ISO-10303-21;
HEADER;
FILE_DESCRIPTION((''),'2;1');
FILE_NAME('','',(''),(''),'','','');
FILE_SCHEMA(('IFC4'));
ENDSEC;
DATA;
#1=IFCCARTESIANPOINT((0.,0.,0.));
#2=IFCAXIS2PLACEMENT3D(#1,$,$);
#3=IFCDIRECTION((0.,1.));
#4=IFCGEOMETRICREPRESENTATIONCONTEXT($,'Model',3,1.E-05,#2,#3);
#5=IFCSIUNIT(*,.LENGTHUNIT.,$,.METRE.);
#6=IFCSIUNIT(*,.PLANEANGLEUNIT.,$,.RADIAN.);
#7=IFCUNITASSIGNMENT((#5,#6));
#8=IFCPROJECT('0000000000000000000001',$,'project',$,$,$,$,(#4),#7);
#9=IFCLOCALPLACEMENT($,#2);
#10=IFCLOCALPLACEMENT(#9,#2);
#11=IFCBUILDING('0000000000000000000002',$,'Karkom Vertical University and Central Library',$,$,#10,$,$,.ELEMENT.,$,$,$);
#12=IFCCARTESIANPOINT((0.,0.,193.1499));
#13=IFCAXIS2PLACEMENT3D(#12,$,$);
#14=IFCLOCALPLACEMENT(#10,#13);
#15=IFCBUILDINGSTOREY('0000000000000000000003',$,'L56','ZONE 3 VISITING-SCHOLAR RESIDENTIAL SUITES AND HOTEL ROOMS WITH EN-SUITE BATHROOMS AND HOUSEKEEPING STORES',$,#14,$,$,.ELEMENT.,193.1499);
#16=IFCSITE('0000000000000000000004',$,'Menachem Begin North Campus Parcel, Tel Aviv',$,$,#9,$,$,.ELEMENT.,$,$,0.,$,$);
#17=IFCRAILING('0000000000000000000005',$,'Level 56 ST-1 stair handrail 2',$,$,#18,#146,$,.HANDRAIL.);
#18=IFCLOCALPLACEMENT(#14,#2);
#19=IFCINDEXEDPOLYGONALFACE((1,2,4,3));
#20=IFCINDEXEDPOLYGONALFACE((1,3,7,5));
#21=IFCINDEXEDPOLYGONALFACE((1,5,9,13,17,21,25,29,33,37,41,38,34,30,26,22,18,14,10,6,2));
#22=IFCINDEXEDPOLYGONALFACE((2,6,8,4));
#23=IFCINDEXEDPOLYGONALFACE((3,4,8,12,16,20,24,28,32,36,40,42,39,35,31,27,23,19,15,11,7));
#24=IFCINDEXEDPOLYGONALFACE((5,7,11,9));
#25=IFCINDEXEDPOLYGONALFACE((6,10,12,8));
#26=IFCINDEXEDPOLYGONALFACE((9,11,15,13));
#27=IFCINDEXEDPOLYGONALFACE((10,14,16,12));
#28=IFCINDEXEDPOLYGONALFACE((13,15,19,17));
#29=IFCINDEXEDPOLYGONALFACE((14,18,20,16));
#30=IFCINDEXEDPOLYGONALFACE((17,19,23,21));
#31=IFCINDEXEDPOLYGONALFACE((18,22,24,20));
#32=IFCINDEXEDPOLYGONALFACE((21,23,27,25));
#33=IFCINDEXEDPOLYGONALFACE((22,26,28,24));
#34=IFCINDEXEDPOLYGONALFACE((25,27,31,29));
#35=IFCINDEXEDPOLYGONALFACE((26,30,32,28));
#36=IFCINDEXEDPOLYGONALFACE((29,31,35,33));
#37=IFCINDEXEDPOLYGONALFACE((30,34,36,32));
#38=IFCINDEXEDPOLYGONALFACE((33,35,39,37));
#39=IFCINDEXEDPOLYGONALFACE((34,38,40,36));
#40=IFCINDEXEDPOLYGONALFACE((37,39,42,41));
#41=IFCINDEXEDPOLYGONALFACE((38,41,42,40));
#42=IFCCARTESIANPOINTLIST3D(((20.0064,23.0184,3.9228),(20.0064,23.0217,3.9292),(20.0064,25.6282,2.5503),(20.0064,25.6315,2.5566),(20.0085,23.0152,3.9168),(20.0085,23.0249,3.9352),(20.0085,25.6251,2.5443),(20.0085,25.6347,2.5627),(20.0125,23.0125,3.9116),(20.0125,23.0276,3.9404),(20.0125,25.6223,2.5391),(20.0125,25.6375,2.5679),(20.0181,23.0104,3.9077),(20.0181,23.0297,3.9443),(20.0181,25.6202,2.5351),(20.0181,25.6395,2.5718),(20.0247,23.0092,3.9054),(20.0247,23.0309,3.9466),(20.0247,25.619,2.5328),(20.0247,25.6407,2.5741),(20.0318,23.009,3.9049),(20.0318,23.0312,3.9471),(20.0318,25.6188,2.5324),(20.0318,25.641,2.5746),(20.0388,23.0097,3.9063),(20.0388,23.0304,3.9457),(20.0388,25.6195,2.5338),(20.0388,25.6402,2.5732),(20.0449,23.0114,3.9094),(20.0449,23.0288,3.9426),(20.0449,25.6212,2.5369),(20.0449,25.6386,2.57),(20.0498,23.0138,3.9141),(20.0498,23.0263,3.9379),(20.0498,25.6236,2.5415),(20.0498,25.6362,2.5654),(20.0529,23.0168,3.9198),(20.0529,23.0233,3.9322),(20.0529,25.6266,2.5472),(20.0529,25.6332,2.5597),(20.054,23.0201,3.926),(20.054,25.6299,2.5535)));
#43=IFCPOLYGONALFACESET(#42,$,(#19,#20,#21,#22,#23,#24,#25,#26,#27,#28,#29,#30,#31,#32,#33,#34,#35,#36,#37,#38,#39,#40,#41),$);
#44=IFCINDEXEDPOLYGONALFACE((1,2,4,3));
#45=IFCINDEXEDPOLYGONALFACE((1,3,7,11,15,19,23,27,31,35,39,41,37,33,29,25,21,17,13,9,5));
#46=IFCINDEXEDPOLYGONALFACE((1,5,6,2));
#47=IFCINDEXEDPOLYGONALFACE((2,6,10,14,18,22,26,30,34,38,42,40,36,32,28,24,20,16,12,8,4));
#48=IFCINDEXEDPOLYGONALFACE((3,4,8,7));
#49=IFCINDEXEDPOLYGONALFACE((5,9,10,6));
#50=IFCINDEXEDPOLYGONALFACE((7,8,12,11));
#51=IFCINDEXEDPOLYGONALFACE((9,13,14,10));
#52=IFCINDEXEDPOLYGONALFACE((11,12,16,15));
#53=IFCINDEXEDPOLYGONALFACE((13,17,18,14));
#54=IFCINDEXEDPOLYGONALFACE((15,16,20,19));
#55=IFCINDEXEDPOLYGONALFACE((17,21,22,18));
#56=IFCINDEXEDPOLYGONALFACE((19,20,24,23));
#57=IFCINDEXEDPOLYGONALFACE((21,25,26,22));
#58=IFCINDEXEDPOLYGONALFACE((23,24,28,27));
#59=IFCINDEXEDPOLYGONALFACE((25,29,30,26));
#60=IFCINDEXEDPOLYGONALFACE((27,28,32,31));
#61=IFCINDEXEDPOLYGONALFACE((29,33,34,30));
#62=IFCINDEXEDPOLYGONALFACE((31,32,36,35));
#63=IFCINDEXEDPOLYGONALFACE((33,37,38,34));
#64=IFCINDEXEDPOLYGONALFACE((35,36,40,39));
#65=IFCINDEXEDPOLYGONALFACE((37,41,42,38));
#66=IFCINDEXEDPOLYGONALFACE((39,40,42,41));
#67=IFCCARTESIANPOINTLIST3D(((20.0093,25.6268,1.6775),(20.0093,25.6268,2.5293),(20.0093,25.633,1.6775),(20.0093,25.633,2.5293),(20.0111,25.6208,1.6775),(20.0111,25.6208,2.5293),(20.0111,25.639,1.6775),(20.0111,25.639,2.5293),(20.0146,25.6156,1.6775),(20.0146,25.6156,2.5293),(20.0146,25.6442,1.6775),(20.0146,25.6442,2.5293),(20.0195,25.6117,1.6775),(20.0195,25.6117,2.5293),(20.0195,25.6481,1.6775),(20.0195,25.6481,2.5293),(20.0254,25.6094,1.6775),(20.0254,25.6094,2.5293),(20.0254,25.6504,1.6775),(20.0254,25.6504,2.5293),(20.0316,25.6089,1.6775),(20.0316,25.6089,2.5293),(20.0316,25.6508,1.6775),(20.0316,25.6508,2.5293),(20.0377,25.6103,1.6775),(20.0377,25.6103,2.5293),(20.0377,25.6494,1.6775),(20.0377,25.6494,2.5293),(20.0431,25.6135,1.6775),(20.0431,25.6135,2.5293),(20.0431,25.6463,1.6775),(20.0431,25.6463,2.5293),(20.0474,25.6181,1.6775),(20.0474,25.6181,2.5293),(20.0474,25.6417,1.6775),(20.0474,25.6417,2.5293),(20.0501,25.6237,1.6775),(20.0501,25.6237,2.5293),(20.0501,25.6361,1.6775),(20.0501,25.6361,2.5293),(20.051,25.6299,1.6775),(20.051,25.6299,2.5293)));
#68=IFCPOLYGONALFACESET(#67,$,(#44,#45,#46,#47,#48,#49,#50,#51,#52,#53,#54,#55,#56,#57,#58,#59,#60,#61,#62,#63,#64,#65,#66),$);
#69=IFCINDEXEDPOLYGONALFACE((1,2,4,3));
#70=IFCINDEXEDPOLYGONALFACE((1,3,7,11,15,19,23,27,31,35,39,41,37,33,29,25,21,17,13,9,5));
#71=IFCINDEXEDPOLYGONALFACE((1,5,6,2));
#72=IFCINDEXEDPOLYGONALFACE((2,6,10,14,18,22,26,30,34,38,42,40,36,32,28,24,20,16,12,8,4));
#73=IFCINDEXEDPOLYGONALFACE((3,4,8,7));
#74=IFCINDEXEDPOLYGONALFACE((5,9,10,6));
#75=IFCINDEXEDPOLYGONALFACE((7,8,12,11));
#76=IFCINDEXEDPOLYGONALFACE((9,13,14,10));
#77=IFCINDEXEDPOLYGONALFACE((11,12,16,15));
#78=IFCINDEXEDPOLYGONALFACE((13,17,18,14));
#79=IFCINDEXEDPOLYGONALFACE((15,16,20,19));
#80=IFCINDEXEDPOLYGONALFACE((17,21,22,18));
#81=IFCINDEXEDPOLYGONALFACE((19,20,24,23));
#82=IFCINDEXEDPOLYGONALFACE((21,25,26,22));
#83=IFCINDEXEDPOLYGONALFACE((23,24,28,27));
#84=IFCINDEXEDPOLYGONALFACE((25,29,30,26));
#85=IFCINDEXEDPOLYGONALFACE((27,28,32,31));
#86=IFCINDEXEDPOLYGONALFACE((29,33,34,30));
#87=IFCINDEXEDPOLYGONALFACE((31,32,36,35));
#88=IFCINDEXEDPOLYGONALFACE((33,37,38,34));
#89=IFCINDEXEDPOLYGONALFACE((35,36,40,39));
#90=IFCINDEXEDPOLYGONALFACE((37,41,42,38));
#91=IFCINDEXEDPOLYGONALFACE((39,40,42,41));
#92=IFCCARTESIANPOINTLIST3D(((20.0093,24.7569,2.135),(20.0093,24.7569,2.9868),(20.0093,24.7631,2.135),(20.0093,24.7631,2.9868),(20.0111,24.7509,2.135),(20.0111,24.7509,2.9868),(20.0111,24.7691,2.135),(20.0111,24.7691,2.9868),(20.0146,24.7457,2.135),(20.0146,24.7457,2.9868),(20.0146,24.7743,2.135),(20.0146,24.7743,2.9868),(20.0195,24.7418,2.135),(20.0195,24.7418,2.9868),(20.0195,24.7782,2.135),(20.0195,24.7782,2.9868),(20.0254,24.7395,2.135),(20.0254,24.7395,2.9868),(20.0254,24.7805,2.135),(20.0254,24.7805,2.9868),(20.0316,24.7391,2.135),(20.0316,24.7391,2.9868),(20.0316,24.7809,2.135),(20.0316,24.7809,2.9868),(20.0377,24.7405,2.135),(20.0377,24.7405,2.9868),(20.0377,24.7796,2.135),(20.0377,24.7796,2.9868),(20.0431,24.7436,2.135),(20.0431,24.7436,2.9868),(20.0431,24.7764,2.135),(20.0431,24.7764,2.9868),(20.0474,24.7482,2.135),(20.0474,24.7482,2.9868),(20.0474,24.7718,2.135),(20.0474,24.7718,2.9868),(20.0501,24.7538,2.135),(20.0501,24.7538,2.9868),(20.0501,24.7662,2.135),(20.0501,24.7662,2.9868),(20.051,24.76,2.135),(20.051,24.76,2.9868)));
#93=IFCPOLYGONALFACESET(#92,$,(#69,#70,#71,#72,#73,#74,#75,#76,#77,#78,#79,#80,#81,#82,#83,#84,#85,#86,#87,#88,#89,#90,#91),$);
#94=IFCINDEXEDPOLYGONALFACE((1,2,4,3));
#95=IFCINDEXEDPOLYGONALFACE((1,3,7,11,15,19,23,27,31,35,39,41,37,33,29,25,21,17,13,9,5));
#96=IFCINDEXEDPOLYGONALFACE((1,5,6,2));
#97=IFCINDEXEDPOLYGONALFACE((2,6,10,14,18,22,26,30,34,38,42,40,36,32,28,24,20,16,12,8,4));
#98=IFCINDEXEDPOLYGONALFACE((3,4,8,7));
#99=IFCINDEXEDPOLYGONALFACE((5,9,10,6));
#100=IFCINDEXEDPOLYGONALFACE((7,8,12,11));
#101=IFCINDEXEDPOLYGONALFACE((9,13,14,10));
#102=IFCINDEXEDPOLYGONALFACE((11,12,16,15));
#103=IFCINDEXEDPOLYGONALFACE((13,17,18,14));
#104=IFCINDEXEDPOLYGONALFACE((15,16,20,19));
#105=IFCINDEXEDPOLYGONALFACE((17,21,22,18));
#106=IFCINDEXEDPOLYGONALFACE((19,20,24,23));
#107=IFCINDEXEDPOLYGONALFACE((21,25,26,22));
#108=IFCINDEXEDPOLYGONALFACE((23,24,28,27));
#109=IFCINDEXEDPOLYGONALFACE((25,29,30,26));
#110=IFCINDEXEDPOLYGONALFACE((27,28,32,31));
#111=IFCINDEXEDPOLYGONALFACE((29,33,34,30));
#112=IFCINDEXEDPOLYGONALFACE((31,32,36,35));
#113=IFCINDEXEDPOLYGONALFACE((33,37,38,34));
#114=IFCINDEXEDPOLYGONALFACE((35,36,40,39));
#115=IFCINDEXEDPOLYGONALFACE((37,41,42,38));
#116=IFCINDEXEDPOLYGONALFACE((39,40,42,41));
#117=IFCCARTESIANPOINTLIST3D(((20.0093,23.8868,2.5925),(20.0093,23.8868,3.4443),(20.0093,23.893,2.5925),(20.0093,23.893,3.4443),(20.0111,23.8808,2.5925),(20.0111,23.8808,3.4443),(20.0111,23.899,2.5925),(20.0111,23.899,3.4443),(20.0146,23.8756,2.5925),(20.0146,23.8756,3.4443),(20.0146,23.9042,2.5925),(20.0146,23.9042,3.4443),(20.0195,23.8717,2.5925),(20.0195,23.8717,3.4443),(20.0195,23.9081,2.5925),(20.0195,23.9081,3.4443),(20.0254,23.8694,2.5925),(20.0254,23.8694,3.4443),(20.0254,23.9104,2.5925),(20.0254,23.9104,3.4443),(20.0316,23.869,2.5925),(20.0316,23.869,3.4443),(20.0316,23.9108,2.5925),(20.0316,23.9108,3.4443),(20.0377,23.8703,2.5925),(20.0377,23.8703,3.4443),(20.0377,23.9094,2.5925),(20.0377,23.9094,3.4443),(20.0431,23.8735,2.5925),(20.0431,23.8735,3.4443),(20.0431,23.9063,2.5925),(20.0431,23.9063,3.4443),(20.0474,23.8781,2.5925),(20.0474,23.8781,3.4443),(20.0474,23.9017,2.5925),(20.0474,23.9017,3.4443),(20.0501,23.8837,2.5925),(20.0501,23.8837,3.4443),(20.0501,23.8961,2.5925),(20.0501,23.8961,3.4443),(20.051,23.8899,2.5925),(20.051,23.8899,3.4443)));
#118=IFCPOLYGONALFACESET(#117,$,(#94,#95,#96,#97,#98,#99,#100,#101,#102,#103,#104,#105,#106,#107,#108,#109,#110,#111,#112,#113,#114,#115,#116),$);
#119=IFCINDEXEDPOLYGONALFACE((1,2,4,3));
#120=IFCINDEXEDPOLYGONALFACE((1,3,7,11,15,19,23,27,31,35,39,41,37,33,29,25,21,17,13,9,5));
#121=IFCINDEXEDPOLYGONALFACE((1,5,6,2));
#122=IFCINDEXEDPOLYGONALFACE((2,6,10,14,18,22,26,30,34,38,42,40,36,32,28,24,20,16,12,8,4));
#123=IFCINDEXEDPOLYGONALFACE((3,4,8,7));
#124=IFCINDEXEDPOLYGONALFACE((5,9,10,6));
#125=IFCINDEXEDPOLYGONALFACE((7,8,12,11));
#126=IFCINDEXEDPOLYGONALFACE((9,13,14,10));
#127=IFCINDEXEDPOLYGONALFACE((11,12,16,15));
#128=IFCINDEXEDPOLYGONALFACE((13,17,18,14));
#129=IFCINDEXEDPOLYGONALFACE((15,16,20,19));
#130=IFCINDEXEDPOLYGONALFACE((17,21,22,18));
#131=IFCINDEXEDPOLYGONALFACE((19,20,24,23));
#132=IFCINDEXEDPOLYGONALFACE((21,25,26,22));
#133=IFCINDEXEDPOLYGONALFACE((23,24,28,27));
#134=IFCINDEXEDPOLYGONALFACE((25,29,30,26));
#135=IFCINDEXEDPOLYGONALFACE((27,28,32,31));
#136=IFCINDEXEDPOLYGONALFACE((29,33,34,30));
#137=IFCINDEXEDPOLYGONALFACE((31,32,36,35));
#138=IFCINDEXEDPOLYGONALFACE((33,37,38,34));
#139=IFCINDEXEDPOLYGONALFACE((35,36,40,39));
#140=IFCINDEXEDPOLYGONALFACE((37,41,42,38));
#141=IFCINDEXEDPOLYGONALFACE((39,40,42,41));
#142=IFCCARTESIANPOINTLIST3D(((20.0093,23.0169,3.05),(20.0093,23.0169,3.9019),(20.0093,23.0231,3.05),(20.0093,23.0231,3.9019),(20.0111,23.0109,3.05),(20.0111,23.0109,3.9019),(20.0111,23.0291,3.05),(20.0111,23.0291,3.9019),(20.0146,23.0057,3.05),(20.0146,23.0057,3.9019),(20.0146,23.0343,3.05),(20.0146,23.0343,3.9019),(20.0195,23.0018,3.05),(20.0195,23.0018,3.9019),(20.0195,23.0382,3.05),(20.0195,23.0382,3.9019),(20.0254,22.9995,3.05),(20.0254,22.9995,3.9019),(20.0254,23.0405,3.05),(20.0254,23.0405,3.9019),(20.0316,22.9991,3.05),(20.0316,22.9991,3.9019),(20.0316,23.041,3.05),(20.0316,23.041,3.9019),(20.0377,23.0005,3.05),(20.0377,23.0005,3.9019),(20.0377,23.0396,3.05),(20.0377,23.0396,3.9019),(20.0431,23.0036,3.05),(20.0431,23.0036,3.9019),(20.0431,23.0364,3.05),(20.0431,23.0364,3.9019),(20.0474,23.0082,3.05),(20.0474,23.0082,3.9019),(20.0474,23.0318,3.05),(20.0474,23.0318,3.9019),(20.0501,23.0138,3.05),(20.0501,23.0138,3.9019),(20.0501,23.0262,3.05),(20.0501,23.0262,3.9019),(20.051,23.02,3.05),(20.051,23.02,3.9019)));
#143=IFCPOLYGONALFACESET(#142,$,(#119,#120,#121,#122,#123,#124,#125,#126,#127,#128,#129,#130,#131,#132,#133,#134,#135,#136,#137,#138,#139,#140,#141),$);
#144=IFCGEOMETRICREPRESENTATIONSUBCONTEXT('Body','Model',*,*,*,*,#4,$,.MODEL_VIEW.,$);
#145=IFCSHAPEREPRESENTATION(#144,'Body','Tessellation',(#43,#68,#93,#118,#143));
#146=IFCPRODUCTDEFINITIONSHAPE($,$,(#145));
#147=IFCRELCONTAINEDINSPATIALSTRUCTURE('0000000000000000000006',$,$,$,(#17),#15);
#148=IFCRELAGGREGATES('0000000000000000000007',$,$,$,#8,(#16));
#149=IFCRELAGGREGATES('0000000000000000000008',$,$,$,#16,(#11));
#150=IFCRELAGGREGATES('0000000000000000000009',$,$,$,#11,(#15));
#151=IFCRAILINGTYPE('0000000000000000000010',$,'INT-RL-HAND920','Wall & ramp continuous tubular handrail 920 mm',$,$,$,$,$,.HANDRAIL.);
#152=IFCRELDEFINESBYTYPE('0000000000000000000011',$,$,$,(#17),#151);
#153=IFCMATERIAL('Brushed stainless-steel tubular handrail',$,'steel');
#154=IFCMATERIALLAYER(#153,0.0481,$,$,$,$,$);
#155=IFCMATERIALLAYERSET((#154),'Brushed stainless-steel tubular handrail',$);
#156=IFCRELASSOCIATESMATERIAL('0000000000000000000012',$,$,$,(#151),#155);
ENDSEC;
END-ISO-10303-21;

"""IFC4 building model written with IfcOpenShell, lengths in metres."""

from ifc_helpers import new_model, si_unit, direction, frame, origin, origin_2d, place, context, subcontext, project, spatial, circle, extrude, material, layer, layer_set, type_object, element, save


model = new_model("IFC4")

# Units and contexts
model_context = context("Model", 3, precision=1e-05, world=origin(), true_north=direction((0.0, 1.0)))
body_context = subcontext(model_context, "Body", "Model", "MODEL_VIEW")
ifc_project = project(units=[si_unit("LENGTHUNIT", "METRE"), si_unit("PLANEANGLEUNIT", "RADIAN")], contexts=[model_context])

# Site, building, storey
site_placement = place(None, origin())
site = spatial("IfcSite", under=ifc_project, at=site_placement, Name="Menachem Begin North Campus Parcel, Tel Aviv", CompositionType="ELEMENT", RefElevation=0.0)
building_placement = place(site_placement, origin())
building = spatial("IfcBuilding", under=site, at=building_placement, Name="Karkom Vertical University and Central Library", CompositionType="ELEMENT")
storey_placement = place(building_placement, frame((0.0, 0.0, 193.1499)))
storey = spatial("IfcBuildingStorey", under=building, at=storey_placement, Name="L56", Description="ZONE 3 VISITING-SCHOLAR RESIDENTIAL SUITES AND HOTEL ROOMS WITH EN-SUITE BATHROOMS AND HOUSEKEEPING STORES", CompositionType="ELEMENT", Elevation=193.1499)

# Railing
ifc_material_1 = material(Name="Brushed stainless-steel tubular handrail", Category="steel")
ifc_layer_1 = layer(ifc_material_1, 0.0481)
ifc_layer_set_1 = layer_set([ifc_layer_1], Name="Brushed stainless-steel tubular handrail")
railing_type_1 = type_object("IfcRailingType", Name="INT-RL-HAND920", Description="Wall & ramp continuous tubular handrail 920 mm", PredefinedType="HANDRAIL", material=ifc_layer_set_1)
railing_1_placement = place(storey_placement, frame((20.03, 25.6299, 1.6775)))
element("IfcRailing", 1, at=railing_1_placement, inside=storey, type_object=railing_type_1, Name="Level 56 ST-1 stair handrail 2", PredefinedType="HANDRAIL", context=body_context, shape_type="SweptSolid", body=[
    extrude(circle(Radius=0.0239, at=origin_2d()), frame((0.0, 0.0, 0.876), z_axis=(0.0, -0.885065, 0.465467), x_axis=(1.0, 0.0, 0.0)), (0.0, 0.0, 1.0), 2.9487),
    extrude(circle(Radius=0.021, at=origin_2d()), origin(), (0.0, 0.0, 1.0), 0.8518),
    extrude(circle(Radius=0.021, at=origin_2d()), frame((0.0, -0.8699, 0.4575)), (0.0, 0.0, 1.0), 0.8518),
    extrude(circle(Radius=0.021, at=origin_2d()), frame((0.0, -1.74, 0.915)), (0.0, 0.0, 1.0), 0.8518),
    extrude(circle(Radius=0.021, at=origin_2d()), frame((0.0, -2.6099, 1.3726)), (0.0, 0.0, 1.0), 0.8518),
])

save(model, "model.ifc")
